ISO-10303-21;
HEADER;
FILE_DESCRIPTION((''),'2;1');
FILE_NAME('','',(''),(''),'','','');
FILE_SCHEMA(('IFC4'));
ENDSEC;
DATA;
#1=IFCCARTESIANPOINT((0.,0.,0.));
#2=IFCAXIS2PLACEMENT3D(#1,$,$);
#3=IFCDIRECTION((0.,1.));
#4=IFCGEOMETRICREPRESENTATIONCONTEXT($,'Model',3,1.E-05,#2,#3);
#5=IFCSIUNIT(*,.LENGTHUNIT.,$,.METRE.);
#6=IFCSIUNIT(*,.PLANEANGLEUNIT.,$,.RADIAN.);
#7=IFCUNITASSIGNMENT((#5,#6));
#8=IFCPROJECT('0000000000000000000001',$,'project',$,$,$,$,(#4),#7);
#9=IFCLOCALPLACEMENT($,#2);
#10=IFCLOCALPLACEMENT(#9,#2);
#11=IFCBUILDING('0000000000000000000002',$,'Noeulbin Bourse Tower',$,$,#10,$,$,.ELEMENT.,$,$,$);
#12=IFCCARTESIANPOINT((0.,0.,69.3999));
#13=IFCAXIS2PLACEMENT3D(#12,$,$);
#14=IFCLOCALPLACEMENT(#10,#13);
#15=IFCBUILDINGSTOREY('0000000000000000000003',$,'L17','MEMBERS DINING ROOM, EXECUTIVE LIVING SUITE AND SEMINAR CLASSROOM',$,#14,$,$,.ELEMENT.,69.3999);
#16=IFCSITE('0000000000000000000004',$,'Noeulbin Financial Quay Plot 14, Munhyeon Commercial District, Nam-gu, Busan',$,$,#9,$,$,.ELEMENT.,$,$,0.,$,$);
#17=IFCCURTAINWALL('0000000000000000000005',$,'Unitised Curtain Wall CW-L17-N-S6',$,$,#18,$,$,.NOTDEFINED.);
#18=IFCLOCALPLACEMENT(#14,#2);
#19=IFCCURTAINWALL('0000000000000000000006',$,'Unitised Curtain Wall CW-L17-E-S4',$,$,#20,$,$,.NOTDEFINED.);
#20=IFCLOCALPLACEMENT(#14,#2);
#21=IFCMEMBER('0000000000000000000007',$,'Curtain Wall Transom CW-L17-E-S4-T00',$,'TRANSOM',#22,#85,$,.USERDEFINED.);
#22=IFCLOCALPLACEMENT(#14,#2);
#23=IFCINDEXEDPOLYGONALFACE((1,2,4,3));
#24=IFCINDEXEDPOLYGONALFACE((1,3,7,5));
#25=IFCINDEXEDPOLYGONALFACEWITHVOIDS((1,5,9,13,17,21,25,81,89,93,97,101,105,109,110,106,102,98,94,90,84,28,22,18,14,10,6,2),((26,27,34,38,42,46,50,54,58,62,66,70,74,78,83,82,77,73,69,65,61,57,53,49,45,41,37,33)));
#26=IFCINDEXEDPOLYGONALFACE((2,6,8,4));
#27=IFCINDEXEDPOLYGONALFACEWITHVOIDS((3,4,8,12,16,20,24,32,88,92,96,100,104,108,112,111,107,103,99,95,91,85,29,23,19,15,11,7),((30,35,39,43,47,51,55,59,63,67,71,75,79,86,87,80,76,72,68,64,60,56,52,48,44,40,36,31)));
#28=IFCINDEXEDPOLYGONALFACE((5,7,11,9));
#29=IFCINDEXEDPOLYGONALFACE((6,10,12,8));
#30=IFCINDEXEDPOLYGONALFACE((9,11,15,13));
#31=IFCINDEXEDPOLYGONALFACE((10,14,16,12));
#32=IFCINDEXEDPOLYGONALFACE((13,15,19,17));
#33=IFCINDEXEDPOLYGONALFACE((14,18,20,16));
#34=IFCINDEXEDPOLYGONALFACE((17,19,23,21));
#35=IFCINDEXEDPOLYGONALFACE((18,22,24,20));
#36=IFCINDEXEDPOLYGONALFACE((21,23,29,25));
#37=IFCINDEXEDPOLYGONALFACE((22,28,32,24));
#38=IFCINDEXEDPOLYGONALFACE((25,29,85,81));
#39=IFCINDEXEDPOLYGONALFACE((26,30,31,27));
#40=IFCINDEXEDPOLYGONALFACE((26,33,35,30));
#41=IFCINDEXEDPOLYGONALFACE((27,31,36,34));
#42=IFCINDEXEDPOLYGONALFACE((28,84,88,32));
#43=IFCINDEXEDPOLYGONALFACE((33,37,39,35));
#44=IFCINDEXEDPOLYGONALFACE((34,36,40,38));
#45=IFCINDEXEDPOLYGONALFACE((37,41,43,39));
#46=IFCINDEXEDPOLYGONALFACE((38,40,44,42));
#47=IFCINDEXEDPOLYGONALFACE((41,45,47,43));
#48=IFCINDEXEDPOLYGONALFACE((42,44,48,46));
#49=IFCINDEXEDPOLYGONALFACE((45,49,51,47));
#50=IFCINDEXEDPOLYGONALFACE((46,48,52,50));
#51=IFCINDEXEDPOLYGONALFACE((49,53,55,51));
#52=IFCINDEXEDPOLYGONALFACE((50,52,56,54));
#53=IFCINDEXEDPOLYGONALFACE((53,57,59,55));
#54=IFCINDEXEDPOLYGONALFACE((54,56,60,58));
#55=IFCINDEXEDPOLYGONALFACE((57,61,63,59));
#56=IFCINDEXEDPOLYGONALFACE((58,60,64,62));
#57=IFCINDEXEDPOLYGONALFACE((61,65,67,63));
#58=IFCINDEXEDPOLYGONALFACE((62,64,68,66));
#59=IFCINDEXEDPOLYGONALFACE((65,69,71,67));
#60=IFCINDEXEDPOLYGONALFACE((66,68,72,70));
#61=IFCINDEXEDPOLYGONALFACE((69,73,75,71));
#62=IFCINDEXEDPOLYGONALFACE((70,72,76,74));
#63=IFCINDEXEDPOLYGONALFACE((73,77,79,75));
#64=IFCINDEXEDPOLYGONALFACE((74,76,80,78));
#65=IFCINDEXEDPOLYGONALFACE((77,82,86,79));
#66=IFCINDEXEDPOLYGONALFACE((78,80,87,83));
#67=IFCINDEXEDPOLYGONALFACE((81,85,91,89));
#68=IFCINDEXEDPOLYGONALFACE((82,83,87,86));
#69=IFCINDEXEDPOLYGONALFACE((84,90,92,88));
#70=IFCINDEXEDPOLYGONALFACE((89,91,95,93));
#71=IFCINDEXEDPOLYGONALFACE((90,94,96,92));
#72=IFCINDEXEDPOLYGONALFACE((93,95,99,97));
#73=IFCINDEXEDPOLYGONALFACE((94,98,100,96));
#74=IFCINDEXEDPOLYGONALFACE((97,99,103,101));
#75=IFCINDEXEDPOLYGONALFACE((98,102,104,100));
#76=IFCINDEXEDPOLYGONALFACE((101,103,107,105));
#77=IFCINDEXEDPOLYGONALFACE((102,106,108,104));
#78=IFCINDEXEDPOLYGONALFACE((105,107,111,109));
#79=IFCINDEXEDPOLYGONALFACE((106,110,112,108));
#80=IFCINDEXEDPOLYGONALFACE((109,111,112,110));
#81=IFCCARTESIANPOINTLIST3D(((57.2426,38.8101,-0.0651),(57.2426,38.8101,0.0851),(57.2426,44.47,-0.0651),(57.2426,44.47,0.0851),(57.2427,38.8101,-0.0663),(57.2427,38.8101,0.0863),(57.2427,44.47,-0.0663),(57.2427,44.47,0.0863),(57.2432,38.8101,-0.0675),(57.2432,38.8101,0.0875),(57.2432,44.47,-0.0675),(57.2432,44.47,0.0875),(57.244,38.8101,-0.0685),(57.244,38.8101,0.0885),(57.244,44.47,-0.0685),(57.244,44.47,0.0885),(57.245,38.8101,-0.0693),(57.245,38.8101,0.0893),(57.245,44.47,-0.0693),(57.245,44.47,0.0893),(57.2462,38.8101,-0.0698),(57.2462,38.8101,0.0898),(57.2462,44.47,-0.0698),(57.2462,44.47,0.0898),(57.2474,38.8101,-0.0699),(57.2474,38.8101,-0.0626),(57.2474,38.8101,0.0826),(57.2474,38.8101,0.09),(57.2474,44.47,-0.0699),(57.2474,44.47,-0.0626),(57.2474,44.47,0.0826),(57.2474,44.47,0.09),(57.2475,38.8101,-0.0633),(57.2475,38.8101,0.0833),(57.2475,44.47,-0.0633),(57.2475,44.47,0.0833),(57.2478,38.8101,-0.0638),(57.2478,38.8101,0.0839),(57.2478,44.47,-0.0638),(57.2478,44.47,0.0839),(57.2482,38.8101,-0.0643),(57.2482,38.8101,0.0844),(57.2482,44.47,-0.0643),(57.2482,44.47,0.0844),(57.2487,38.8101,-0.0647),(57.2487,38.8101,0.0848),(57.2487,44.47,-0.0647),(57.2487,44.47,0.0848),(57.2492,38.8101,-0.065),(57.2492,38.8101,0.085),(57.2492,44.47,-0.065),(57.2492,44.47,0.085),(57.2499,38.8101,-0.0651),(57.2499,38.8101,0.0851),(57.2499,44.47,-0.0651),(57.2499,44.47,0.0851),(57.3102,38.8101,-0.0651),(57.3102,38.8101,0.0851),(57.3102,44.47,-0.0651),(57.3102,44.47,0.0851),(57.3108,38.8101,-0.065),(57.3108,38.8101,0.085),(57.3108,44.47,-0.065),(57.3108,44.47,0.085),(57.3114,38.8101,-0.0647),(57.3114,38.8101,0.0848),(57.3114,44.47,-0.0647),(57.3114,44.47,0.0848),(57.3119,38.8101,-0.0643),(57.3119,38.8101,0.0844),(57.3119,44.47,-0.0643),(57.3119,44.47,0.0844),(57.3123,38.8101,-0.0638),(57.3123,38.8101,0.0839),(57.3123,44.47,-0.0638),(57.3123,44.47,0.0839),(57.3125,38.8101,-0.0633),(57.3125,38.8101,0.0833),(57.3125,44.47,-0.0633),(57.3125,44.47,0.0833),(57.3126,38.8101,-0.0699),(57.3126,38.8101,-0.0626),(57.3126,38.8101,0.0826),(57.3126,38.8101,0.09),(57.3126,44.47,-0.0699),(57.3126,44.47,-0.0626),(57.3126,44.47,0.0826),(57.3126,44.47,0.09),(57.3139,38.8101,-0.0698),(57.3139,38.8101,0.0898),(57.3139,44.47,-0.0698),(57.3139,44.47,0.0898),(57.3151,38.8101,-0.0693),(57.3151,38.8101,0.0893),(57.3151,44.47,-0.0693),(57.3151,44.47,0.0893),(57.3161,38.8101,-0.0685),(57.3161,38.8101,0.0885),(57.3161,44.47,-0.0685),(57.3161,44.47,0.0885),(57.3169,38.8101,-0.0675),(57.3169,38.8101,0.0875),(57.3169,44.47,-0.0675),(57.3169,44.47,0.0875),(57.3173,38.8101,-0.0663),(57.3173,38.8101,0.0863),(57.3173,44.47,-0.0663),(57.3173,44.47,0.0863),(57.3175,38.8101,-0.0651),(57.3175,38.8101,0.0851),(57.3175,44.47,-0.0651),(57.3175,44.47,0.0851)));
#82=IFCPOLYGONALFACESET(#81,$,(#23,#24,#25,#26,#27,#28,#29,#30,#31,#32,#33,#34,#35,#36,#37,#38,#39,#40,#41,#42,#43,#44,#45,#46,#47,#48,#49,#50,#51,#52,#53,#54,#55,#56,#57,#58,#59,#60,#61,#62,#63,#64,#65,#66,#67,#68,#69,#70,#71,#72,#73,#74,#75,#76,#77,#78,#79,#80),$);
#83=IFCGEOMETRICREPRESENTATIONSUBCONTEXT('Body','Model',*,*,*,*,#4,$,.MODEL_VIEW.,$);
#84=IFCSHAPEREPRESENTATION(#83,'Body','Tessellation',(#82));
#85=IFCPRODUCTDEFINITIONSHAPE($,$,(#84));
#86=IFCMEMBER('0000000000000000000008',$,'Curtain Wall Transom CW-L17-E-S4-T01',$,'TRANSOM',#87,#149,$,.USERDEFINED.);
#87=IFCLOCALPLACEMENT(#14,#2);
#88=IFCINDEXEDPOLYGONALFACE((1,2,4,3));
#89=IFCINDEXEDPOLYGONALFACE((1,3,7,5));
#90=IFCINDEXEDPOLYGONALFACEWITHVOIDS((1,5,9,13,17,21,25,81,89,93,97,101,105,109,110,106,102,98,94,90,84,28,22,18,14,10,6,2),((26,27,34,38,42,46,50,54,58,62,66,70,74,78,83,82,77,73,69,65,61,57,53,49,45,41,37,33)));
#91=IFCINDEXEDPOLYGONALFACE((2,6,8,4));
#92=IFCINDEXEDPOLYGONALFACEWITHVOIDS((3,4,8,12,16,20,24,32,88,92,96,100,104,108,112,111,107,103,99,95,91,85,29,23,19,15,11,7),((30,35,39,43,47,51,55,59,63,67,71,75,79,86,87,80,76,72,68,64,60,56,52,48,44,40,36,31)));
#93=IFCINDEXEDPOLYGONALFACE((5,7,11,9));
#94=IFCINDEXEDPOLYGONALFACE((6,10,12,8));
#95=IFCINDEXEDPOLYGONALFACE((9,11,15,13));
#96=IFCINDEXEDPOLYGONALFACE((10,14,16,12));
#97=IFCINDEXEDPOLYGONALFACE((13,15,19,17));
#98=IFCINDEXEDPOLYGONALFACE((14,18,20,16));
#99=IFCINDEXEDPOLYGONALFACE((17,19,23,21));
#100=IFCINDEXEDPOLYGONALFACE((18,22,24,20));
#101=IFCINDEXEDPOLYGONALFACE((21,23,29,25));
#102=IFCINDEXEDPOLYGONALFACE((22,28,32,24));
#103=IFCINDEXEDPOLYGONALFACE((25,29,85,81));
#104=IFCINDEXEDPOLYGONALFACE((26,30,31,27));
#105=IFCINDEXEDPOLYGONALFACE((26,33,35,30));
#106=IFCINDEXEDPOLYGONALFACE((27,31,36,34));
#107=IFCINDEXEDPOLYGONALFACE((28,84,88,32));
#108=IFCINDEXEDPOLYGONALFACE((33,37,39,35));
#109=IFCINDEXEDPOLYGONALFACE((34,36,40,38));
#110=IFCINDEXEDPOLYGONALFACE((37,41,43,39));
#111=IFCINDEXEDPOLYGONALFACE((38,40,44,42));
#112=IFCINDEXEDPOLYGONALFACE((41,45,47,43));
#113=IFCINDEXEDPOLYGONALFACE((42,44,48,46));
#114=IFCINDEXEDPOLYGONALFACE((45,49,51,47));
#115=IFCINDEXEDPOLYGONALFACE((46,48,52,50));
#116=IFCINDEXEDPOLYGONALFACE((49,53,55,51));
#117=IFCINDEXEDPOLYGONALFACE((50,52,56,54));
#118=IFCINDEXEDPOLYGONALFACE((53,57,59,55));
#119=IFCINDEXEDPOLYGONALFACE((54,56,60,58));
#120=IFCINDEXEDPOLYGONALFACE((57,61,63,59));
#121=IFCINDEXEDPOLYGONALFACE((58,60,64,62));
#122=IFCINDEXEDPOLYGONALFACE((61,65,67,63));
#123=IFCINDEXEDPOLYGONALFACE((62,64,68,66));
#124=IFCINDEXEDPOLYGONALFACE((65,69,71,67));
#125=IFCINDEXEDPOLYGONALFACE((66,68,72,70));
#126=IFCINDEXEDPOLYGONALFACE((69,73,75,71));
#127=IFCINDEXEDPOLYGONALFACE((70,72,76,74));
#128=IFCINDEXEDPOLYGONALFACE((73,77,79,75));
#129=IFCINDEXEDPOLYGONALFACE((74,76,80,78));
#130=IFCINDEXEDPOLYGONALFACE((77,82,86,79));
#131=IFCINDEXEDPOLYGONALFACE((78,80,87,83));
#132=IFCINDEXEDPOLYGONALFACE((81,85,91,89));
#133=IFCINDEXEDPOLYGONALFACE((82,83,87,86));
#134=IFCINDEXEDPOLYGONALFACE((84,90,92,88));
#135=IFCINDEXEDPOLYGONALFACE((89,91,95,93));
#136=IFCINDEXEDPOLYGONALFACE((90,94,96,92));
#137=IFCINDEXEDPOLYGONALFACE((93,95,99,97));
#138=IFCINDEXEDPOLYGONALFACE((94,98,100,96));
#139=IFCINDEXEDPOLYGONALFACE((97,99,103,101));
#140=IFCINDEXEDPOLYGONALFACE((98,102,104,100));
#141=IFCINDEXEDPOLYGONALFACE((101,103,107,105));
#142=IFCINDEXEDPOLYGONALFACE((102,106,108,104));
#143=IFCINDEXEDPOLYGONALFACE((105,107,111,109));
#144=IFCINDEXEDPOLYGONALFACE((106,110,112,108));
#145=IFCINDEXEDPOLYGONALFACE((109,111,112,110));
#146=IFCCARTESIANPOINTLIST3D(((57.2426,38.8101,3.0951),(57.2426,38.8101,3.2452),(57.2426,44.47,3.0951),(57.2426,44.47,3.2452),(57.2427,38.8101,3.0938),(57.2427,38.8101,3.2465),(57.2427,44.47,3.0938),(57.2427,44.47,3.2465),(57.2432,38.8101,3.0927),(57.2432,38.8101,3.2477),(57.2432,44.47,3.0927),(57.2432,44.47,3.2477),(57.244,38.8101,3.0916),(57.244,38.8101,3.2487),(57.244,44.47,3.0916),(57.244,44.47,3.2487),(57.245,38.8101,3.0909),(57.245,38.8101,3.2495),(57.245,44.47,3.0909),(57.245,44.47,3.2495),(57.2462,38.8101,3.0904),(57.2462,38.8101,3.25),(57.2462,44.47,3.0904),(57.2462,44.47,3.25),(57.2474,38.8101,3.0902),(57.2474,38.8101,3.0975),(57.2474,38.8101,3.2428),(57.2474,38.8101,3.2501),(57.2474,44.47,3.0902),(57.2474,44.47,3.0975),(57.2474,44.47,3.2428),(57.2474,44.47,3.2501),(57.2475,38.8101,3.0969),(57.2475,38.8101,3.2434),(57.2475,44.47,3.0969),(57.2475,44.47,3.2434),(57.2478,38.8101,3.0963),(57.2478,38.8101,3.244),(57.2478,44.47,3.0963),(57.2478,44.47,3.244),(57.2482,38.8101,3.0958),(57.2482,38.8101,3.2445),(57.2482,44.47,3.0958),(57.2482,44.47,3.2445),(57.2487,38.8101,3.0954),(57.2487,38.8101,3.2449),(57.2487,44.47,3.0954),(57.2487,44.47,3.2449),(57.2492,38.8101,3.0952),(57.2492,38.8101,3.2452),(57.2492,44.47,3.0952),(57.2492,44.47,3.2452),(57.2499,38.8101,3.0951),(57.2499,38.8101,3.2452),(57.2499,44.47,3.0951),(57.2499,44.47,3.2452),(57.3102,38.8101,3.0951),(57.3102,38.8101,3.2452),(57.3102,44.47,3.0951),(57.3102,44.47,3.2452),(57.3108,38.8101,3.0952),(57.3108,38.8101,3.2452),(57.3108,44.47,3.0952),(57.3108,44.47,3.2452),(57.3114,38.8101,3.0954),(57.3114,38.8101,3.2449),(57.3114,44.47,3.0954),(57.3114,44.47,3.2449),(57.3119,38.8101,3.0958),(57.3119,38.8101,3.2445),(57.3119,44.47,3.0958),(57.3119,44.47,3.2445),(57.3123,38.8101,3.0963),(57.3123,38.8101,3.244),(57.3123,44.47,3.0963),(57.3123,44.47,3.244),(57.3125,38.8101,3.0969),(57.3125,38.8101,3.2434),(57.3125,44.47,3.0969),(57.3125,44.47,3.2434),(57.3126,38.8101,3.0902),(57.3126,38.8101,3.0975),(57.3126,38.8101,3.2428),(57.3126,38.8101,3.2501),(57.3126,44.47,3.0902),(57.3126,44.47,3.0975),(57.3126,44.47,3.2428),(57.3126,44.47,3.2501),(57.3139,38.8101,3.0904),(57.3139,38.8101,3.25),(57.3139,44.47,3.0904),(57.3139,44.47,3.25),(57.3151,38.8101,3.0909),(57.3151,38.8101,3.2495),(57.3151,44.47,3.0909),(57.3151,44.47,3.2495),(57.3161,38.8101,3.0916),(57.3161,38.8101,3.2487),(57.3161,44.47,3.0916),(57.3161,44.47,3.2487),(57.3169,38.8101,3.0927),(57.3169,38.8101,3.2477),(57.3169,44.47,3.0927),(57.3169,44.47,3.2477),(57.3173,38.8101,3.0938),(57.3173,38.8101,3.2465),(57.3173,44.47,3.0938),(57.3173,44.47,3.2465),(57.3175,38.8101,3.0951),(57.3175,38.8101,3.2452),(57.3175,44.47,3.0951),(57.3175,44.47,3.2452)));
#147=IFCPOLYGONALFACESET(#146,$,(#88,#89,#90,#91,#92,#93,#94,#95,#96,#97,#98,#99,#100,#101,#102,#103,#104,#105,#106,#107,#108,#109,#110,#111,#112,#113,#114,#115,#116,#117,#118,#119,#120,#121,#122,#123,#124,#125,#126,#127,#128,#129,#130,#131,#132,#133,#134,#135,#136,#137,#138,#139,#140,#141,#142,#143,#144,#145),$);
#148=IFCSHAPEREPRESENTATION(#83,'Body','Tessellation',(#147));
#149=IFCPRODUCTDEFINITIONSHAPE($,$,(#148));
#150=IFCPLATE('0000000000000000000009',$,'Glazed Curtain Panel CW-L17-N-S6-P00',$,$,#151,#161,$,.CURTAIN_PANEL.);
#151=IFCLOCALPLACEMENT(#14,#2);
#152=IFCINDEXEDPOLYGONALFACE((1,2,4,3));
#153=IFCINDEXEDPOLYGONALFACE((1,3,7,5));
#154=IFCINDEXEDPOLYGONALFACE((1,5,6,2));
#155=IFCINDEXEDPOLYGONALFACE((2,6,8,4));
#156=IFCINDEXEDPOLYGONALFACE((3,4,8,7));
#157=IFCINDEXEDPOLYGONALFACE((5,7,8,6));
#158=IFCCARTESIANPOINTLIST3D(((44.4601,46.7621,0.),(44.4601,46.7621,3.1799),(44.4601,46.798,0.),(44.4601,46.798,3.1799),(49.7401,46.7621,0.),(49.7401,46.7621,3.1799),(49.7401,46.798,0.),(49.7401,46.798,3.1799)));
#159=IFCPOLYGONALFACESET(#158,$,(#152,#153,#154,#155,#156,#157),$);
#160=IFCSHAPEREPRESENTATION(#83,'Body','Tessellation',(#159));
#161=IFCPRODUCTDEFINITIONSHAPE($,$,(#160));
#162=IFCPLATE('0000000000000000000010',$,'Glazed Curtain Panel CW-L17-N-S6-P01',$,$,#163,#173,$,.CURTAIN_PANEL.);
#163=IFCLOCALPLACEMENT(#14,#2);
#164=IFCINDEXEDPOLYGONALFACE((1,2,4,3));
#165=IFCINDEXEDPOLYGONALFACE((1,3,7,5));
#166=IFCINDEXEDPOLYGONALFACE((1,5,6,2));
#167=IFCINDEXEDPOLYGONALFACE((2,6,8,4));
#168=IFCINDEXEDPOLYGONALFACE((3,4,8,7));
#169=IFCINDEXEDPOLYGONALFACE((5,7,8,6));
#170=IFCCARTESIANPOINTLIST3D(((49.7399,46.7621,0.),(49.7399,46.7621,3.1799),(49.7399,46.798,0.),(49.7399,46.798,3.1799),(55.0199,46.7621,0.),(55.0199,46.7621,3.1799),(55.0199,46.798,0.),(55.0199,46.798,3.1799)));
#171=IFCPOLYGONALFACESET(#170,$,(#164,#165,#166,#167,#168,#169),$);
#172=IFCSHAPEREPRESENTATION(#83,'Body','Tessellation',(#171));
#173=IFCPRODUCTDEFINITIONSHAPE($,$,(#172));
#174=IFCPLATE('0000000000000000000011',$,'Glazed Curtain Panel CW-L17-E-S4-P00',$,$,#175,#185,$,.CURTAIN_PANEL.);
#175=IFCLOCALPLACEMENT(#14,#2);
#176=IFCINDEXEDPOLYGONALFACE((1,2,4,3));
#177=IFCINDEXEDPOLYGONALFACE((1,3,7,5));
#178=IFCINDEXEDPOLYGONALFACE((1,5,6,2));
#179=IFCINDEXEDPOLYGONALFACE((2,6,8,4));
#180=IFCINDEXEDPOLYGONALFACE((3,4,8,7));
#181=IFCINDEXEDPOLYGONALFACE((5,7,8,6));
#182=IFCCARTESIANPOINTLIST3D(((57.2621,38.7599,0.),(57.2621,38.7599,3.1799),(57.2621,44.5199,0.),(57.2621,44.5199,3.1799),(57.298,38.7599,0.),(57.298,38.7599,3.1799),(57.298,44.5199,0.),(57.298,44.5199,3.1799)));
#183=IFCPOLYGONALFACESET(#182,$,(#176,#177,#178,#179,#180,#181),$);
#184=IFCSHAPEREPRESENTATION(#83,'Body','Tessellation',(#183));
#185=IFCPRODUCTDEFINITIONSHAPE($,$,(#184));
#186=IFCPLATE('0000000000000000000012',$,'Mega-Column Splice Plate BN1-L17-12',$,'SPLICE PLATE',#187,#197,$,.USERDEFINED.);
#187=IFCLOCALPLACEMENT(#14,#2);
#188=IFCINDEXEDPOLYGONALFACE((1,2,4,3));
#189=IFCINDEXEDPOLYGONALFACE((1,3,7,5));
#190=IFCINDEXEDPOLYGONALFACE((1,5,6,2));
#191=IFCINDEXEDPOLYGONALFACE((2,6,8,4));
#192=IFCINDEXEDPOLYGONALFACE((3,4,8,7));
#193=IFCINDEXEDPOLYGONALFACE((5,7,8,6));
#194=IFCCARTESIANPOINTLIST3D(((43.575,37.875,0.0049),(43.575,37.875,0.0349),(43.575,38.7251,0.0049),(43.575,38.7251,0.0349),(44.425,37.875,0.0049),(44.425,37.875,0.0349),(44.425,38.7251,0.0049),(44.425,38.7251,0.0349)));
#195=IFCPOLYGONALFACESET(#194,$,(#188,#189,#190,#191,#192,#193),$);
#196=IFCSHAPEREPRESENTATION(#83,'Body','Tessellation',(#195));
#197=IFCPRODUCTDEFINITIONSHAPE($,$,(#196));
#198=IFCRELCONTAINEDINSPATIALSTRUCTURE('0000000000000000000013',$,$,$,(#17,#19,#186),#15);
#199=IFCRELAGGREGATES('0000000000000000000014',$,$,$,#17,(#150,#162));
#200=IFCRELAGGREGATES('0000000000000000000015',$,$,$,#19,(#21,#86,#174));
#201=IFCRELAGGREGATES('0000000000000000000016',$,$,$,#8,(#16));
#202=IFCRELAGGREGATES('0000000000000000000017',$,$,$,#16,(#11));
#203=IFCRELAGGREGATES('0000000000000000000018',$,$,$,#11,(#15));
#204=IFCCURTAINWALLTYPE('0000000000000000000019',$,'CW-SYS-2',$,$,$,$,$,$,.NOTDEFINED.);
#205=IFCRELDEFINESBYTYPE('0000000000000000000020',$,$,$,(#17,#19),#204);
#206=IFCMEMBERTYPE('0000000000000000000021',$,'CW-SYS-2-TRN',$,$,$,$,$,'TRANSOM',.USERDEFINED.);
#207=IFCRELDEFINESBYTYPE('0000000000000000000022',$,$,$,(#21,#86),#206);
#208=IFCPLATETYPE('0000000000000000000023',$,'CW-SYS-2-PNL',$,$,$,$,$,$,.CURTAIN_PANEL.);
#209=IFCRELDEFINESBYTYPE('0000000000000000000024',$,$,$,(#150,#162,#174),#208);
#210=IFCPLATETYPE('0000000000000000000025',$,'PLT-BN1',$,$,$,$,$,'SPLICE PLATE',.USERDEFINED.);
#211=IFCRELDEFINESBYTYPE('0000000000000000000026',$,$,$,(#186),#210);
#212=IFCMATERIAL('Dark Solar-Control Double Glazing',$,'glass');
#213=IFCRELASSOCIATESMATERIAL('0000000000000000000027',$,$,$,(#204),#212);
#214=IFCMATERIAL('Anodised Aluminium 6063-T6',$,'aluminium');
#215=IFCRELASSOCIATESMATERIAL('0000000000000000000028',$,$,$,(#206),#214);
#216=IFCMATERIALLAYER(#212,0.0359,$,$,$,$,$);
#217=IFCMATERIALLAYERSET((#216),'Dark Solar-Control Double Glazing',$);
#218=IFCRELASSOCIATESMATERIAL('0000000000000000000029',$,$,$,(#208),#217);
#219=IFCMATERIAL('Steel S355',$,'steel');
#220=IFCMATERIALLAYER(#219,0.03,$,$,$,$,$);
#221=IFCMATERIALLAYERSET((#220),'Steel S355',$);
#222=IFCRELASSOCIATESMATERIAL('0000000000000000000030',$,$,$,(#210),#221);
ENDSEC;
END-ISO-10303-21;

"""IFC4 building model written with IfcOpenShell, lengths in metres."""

from ifc_helpers import new_model, si_unit, direction, frame, origin, origin_2d, place, context, subcontext, project, spatial, rectangle, hollow_rectangle, extrude, material, layer, layer_set, material_profile, profile_set, type_object, element, aggregate, save


model = new_model("IFC4")

# Units and contexts
model_context = context("Model", 3, precision=1e-05, world=origin(), true_north=direction((0.0, 1.0)))
body_context = subcontext(model_context, "Body", "Model", "MODEL_VIEW")
ifc_project = project(units=[si_unit("LENGTHUNIT", "METRE"), si_unit("PLANEANGLEUNIT", "RADIAN")], contexts=[model_context])

# Site, building, storey
site_placement = place(None, origin())
site = spatial("IfcSite", under=ifc_project, at=site_placement, Name="Noeulbin Financial Quay Plot 14, Munhyeon Commercial District, Nam-gu, Busan", CompositionType="ELEMENT", RefElevation=0.0)
building_placement = place(site_placement, origin())
building = spatial("IfcBuilding", under=site, at=building_placement, Name="Noeulbin Bourse Tower", CompositionType="ELEMENT")
storey_placement = place(building_placement, frame((0.0, 0.0, 69.3999)))
storey = spatial("IfcBuildingStorey", under=building, at=storey_placement, Name="L17", Description="MEMBERS DINING ROOM, EXECUTIVE LIVING SUITE AND SEMINAR CLASSROOM", CompositionType="ELEMENT", Elevation=69.3999)

# Shared definitions
ifc_material_1 = material(Name="Steel S355", Category="steel")

# Shared definitions
ifc_material_2 = material(Name="Dark Solar-Control Double Glazing", Category="glass")
curtain_wall_type = type_object("IfcCurtainWallType", Name="CW-SYS-2", PredefinedType="NOTDEFINED", material=ifc_material_2)
ifc_material_3 = material(Name="Anodised Aluminium 6063-T6", Category="aluminium")

# Curtain wall
curtain_wall_1_placement = place(storey_placement, origin())
curtain_wall_1 = element("IfcCurtainWall", 1, at=curtain_wall_1_placement, inside=storey, type_object=curtain_wall_type, Name="Unitised Curtain Wall CW-L17-N-S6", PredefinedType="NOTDEFINED")

# Curtain wall
curtain_wall_2_placement = place(storey_placement, origin())
curtain_wall_2 = element("IfcCurtainWall", 2, at=curtain_wall_2_placement, inside=storey, type_object=curtain_wall_type, Name="Unitised Curtain Wall CW-L17-E-S4", PredefinedType="NOTDEFINED")

# Members
ifc_material_profile_1 = material_profile(ifc_material_3, hollow_rectangle(XDim=0.075, YDim=0.1599, WallThickness=0.0049, InnerFilletRadius=0.0024, OuterFilletRadius=0.0049, at=origin_2d()), Name="ALU-TRAN-75x160x5", Category="LoadBearing")
ifc_profile_set_1 = profile_set([ifc_material_profile_1], Name="Anodised Aluminium 6063-T6")
member_type_1 = type_object("IfcMemberType", Name="CW-SYS-2-TRN", ElementType="TRANSOM", PredefinedType="USERDEFINED", material=ifc_profile_set_1)
member_1_placement = place(storey_placement, frame((57.28, 38.8101, 0.01), z_axis=(0.0, 1.0, 0.0), x_axis=(-1.0, 0.0, 0.0)))
member_1 = element("IfcMember", 3, at=member_1_placement, type_object=member_type_1, Name="Curtain Wall Transom CW-L17-E-S4-T00", ObjectType="TRANSOM", PredefinedType="USERDEFINED", context=body_context, shape_type="SweptSolid", body=[
    extrude(hollow_rectangle(XDim=0.075, YDim=0.1599, WallThickness=0.0049, InnerFilletRadius=0.0024, OuterFilletRadius=0.0049, at=origin_2d()), origin(), (0.0, 0.0, 1.0), 5.6599),
])
member_2_placement = place(storey_placement, frame((57.28, 38.8101, 3.1702), z_axis=(0.0, 1.0, 0.0), x_axis=(-1.0, 0.0, 0.0)))
member_2 = element("IfcMember", 4, at=member_2_placement, type_object=member_type_1, Name="Curtain Wall Transom CW-L17-E-S4-T01", ObjectType="TRANSOM", PredefinedType="USERDEFINED", context=body_context, shape_type="SweptSolid", body=[
    extrude(hollow_rectangle(XDim=0.075, YDim=0.1599, WallThickness=0.0049, InnerFilletRadius=0.0024, OuterFilletRadius=0.0049, at=origin_2d()), origin(), (0.0, 0.0, 1.0), 5.6599),
])

# Plates
ifc_layer_1 = layer(ifc_material_2, 0.0359)
ifc_layer_set_1 = layer_set([ifc_layer_1], Name="Dark Solar-Control Double Glazing")
plate_type_1 = type_object("IfcPlateType", Name="CW-SYS-2-PNL", PredefinedType="CURTAIN_PANEL", material=ifc_layer_set_1)
plate_1_placement = place(storey_placement, frame((47.1001, 46.78, 0.0), z_axis=(0.0, 0.0, 1.0), x_axis=(1.0, 0.0, 0.0)))
plate_1 = element("IfcPlate", 5, at=plate_1_placement, type_object=plate_type_1, Name="Glazed Curtain Panel CW-L17-N-S6-P00", PredefinedType="CURTAIN_PANEL", context=body_context, shape_type="SweptSolid", body=[
    extrude(rectangle(XDim=5.28, YDim=0.0359, at=origin_2d()), origin(), (0.0, 0.0, 1.0), 3.1799),
])
plate_2_placement = place(storey_placement, frame((52.3799, 46.78, 0.0), z_axis=(0.0, 0.0, 1.0), x_axis=(1.0, 0.0, 0.0)))
plate_2 = element("IfcPlate", 6, at=plate_2_placement, type_object=plate_type_1, Name="Glazed Curtain Panel CW-L17-N-S6-P01", PredefinedType="CURTAIN_PANEL", context=body_context, shape_type="SweptSolid", body=[
    extrude(rectangle(XDim=5.28, YDim=0.0359, at=origin_2d()), origin(), (0.0, 0.0, 1.0), 3.1799),
])
aggregate(curtain_wall_1, [plate_1, plate_2])
plate_3_placement = place(storey_placement, frame((57.28, 41.6399, 0.0), z_axis=(0.0, 0.0, 1.0), x_axis=(0.0, 1.0, 0.0)))
plate_3 = element("IfcPlate", 7, at=plate_3_placement, type_object=plate_type_1, Name="Glazed Curtain Panel CW-L17-E-S4-P00", PredefinedType="CURTAIN_PANEL", context=body_context, shape_type="SweptSolid", body=[
    extrude(rectangle(XDim=5.76, YDim=0.0359, at=origin_2d()), origin(), (0.0, 0.0, 1.0), 3.1799),
])
aggregate(curtain_wall_2, [member_1, member_2, plate_3])

# Plate
ifc_layer_2 = layer(ifc_material_1, 0.03)
ifc_layer_set_2 = layer_set([ifc_layer_2], Name="Steel S355")
plate_type_2 = type_object("IfcPlateType", Name="PLT-BN1", ElementType="SPLICE PLATE", PredefinedType="USERDEFINED", material=ifc_layer_set_2)
for number, where, z_axis, x_axis, name in (
    (8, (44.0, 38.3, 0.0049), (0.0, 0.0, 1.0), (1.0, 0.0, 0.0), "Mega-Column Splice Plate BN1-L17-12"),
):
    element("IfcPlate", number, at=place(storey_placement, frame(where, z_axis=z_axis, x_axis=x_axis)), inside=storey, type_object=plate_type_2, Name=name, ObjectType="SPLICE PLATE", PredefinedType="USERDEFINED", context=body_context, shape_type="SweptSolid", body=[
        extrude(rectangle(XDim=0.8501, YDim=0.8501, at=origin_2d()), origin(), (0.0, 0.0, 1.0), 0.03),
    ])

save(model, "model.ifc")
